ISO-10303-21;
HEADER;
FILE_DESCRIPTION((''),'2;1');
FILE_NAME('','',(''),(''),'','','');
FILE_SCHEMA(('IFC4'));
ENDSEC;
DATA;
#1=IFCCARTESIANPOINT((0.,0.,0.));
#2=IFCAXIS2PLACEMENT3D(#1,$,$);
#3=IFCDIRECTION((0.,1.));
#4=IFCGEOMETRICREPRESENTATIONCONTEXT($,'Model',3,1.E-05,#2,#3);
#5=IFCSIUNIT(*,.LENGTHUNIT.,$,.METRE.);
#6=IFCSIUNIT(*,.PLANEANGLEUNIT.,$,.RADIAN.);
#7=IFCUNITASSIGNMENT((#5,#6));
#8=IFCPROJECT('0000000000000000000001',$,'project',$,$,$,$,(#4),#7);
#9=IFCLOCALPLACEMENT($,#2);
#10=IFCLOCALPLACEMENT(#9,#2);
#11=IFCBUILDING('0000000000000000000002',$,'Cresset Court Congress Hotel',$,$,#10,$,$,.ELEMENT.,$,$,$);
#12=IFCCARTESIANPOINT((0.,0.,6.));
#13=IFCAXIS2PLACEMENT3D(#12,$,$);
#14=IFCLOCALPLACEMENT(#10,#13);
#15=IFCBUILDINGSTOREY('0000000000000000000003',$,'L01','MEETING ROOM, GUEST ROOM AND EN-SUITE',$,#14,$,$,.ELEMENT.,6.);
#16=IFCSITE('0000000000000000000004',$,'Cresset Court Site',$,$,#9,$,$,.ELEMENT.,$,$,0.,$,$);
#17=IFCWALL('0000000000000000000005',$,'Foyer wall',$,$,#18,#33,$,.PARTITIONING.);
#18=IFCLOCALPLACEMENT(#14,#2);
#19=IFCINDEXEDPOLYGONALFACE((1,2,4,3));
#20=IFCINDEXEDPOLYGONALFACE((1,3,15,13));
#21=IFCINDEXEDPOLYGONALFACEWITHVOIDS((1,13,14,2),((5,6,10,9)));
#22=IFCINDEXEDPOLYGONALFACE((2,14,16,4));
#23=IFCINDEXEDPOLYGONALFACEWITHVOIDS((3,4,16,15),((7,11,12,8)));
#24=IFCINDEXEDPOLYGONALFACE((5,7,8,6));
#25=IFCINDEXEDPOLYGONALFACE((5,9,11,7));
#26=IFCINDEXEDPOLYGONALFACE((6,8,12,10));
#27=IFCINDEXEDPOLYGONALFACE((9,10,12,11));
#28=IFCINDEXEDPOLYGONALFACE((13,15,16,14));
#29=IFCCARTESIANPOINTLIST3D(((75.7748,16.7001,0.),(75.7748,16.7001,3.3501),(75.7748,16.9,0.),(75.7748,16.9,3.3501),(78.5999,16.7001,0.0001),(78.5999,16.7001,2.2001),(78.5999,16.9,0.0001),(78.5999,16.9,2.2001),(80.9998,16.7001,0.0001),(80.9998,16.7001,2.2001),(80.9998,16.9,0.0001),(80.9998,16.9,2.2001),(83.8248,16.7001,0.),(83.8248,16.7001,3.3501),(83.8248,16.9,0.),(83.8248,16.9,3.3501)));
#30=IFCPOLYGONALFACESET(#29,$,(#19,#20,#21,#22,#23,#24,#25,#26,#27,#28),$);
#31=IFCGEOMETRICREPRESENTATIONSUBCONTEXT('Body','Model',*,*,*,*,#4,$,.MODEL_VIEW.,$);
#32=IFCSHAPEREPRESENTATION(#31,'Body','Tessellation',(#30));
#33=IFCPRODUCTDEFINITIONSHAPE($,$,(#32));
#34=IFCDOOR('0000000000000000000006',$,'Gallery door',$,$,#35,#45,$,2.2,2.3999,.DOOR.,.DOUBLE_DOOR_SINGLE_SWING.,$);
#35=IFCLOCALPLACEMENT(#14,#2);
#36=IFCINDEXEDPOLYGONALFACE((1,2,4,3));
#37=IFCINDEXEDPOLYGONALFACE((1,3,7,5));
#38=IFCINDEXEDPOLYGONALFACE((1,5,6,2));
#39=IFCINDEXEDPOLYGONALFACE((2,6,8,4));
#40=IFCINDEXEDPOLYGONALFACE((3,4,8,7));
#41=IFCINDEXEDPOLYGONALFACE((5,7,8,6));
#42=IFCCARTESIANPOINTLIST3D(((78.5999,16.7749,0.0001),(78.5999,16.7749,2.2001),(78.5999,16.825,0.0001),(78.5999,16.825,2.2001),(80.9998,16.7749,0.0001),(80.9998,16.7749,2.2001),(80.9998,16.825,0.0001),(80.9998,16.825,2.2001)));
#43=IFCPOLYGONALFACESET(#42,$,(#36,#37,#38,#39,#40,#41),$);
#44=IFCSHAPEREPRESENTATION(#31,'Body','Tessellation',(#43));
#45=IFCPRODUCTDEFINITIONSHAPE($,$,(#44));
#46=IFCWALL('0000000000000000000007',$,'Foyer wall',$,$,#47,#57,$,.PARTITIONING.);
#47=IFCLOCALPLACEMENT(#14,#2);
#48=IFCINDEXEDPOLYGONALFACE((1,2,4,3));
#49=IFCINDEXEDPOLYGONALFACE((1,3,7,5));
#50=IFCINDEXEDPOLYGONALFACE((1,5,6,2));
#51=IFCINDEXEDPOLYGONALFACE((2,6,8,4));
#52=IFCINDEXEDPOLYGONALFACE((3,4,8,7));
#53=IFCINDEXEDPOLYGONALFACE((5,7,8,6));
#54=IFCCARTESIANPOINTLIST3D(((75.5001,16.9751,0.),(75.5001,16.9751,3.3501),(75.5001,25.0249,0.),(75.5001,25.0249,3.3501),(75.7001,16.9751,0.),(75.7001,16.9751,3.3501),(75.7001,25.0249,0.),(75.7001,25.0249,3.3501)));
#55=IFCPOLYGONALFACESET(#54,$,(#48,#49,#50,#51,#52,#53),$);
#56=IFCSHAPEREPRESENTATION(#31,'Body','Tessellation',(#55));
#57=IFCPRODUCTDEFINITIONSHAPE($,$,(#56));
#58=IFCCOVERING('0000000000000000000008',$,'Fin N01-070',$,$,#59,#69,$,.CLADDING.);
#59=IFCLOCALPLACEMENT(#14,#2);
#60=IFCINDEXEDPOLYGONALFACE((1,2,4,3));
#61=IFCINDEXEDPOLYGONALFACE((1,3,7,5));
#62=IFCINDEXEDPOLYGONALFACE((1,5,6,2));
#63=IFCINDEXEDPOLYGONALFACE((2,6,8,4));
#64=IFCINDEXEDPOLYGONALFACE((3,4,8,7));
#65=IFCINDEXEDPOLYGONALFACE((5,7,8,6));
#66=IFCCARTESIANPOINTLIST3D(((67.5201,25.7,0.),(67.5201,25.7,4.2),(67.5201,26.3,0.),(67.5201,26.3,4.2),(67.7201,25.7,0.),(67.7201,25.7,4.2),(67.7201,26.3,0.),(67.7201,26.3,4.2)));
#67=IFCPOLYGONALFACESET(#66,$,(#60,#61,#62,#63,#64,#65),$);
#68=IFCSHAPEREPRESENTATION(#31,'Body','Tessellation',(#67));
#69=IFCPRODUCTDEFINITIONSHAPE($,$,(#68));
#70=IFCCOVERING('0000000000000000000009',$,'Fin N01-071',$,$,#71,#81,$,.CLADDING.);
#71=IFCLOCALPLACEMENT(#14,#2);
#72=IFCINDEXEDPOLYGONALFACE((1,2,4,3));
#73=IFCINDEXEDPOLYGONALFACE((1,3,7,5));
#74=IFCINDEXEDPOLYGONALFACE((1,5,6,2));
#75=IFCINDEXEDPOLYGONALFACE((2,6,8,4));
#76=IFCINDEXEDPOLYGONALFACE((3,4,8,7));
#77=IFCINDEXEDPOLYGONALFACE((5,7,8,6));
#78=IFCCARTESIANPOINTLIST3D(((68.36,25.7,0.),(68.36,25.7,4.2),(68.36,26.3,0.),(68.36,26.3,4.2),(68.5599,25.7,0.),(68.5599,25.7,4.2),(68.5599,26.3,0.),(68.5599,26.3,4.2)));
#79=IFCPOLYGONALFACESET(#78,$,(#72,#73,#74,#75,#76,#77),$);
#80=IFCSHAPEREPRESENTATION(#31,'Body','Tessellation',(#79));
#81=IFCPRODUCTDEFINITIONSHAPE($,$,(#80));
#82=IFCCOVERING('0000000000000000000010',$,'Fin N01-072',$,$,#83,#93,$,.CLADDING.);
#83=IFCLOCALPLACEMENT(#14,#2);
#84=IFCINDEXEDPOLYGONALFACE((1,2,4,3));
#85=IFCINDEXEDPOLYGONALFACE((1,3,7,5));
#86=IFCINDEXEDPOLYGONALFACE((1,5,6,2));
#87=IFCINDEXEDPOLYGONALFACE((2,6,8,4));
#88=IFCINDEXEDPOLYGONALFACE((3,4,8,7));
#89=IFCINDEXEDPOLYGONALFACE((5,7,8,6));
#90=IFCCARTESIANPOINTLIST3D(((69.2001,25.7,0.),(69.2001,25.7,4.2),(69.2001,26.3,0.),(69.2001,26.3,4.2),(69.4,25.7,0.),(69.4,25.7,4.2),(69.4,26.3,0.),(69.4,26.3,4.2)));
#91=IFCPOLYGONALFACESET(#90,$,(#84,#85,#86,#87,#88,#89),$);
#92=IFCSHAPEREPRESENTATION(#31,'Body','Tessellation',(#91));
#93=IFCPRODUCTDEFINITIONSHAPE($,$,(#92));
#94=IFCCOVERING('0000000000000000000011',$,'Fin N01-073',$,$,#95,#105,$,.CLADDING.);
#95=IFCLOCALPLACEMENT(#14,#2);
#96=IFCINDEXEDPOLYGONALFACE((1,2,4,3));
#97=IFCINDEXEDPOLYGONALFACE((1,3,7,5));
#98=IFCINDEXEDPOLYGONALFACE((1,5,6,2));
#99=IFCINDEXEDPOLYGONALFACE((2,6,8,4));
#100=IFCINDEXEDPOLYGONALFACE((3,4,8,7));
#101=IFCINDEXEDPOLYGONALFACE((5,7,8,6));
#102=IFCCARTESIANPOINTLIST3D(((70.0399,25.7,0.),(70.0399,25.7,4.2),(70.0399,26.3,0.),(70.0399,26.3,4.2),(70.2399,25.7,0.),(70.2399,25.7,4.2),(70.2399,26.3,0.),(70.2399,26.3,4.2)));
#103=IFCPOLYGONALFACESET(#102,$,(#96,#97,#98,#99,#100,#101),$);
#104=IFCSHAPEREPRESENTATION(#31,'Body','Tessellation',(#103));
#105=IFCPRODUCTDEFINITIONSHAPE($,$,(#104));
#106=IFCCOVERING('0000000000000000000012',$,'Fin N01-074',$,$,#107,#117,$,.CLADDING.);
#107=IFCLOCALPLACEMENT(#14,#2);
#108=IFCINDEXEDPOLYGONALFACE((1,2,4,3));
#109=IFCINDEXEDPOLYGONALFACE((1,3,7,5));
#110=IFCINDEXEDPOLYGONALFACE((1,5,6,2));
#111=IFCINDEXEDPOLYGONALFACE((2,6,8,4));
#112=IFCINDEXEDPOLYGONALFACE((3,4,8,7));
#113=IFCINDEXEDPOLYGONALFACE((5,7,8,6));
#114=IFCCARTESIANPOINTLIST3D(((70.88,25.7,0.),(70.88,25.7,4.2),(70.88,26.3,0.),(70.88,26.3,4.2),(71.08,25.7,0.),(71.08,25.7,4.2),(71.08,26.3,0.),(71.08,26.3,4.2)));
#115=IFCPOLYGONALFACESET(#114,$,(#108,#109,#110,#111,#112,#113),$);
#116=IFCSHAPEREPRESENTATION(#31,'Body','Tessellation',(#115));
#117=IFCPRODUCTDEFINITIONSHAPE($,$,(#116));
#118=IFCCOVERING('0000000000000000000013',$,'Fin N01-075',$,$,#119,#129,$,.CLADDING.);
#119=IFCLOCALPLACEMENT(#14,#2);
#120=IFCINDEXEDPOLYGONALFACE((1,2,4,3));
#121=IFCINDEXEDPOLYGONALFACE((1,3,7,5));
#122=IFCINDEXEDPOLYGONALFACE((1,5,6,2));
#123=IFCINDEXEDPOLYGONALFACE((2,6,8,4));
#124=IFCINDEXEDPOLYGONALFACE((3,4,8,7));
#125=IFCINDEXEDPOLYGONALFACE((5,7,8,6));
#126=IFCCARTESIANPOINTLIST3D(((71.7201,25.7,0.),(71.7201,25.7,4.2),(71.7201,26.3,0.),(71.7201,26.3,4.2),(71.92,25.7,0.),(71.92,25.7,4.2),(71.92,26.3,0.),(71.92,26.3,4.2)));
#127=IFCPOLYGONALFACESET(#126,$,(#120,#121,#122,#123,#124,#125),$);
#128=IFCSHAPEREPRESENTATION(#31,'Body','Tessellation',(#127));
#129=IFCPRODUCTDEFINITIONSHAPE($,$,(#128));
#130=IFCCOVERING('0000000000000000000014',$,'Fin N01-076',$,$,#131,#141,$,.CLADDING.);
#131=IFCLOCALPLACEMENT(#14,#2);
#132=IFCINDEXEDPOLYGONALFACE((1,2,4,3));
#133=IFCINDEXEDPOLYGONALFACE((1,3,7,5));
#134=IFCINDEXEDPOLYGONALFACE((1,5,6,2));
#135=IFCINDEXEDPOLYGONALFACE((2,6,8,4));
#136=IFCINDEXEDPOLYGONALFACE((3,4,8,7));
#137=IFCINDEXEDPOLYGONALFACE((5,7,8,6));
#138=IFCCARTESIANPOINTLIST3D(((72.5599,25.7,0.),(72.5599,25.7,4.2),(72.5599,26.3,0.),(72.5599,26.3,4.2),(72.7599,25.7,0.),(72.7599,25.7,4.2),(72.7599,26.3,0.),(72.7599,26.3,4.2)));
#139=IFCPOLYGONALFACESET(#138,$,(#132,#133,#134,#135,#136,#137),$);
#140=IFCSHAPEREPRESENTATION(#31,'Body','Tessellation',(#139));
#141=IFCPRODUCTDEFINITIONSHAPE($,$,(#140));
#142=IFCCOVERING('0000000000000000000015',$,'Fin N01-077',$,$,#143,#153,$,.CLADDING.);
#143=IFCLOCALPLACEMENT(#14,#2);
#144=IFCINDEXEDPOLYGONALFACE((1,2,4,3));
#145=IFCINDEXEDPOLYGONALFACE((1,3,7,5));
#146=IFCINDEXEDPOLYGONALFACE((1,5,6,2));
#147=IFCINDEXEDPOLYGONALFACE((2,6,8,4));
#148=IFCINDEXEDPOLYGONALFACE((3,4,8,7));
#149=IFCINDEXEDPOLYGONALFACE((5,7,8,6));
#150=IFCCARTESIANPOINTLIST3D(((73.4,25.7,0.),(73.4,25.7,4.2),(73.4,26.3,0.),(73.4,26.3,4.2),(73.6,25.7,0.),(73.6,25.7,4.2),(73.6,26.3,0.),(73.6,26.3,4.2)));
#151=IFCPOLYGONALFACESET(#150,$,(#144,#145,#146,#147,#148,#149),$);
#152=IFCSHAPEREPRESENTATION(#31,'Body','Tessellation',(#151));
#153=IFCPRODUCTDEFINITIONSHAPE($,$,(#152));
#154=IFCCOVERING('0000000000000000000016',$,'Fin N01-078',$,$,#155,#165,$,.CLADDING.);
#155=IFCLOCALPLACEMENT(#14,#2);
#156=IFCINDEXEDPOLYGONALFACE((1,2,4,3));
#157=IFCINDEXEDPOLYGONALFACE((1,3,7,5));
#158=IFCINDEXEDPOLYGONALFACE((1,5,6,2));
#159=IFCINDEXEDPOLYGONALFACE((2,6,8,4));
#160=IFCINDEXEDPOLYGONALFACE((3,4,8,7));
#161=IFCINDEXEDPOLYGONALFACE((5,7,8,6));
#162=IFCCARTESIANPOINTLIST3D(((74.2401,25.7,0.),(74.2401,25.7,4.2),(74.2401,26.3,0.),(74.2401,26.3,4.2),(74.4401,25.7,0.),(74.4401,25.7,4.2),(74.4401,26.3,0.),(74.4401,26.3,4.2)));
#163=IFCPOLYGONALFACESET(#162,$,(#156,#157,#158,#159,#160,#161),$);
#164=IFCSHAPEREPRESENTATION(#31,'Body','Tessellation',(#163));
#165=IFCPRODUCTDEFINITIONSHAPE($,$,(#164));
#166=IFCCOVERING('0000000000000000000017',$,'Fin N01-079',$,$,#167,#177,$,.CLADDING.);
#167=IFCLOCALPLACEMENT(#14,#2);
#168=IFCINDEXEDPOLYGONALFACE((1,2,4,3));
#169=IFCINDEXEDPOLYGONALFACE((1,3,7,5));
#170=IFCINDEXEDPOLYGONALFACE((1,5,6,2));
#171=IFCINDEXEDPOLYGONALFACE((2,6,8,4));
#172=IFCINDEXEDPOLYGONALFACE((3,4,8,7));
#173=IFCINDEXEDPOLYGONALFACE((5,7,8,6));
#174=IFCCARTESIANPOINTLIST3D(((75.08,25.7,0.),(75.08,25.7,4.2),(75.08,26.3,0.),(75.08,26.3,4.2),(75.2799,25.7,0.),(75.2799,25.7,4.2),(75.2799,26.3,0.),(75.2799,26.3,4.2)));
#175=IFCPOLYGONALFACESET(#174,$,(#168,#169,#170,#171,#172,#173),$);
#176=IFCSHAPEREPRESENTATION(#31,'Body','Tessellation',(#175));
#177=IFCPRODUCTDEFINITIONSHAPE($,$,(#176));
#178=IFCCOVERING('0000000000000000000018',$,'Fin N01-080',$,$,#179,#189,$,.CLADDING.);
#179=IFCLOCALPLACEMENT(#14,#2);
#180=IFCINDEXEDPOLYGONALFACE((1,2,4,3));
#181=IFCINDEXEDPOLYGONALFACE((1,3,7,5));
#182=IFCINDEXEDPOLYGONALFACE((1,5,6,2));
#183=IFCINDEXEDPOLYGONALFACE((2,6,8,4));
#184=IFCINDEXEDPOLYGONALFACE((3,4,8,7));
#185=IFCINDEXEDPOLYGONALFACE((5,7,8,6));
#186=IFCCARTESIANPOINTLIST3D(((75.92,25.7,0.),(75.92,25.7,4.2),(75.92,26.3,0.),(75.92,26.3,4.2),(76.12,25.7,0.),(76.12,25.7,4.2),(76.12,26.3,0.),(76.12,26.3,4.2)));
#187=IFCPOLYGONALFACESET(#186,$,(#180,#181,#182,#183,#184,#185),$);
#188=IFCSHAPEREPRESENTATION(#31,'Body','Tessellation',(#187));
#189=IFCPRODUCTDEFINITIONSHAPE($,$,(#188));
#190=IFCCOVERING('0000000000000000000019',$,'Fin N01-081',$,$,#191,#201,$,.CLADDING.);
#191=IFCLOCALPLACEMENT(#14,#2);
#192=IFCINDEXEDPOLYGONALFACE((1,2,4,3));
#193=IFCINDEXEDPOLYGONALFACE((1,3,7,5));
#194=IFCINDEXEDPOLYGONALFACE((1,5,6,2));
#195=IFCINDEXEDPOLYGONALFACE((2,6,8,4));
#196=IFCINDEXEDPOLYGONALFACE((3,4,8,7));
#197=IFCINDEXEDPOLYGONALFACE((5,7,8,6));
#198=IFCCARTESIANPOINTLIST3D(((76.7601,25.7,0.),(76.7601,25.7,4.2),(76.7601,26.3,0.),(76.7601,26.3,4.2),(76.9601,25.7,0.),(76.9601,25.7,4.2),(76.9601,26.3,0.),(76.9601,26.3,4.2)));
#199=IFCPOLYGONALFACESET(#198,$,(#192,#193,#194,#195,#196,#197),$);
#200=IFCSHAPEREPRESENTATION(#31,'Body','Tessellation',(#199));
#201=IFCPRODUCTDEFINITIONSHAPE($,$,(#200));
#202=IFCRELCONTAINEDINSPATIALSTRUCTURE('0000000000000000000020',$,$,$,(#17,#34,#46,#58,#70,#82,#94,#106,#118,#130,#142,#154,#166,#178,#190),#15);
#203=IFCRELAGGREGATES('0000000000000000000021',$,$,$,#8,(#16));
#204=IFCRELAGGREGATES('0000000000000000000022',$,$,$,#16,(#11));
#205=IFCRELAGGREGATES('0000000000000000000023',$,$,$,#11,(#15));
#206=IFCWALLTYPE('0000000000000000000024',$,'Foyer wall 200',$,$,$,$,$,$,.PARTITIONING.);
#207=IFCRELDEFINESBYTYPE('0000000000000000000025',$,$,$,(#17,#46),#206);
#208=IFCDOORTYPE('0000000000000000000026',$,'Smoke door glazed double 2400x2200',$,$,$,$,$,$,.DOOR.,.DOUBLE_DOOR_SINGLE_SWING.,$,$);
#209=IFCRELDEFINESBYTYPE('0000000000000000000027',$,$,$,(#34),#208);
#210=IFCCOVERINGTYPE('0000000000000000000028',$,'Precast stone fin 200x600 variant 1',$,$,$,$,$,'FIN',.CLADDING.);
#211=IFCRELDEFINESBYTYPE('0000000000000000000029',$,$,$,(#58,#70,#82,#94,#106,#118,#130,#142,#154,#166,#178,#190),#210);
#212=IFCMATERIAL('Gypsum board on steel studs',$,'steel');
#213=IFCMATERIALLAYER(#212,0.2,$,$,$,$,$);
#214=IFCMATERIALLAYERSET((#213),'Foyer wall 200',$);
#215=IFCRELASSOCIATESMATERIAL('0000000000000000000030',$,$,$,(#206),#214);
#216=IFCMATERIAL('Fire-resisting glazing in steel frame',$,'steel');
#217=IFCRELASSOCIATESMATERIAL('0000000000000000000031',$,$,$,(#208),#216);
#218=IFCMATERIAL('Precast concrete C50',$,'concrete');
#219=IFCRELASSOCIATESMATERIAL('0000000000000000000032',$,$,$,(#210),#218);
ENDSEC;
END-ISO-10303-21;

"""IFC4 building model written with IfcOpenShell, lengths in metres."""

from ifc_helpers import new_model, si_unit, direction, frame, frame_2d, origin, origin_2d, place, context, subcontext, project, spatial, rectangle, extrude, material, layer, layer_set, type_object, element, fill, save


model = new_model("IFC4")

# Units and contexts
model_context = context("Model", 3, precision=1e-05, world=origin(), true_north=direction((0.0, 1.0)))
body_context = subcontext(model_context, "Body", "Model", "MODEL_VIEW")
ifc_project = project(units=[si_unit("LENGTHUNIT", "METRE"), si_unit("PLANEANGLEUNIT", "RADIAN")], contexts=[model_context])

# Site, building, storey
site_placement = place(None, origin())
site = spatial("IfcSite", under=ifc_project, at=site_placement, Name="Cresset Court Site", CompositionType="ELEMENT", RefElevation=0.0)
building_placement = place(site_placement, origin())
building = spatial("IfcBuilding", under=site, at=building_placement, Name="Cresset Court Congress Hotel", CompositionType="ELEMENT")
storey_placement = place(building_placement, frame((0.0, 0.0, 6.0)))
storey = spatial("IfcBuildingStorey", under=building, at=storey_placement, Name="L01", Description="MEETING ROOM, GUEST ROOM AND EN-SUITE", CompositionType="ELEMENT", Elevation=6.0)

# Wall, opening, door
ifc_material_1 = material(Name="Gypsum board on steel studs", Category="steel")
ifc_layer = layer(ifc_material_1, 0.2)
ifc_layer_set = layer_set([ifc_layer], Name="Foyer wall 200")
wall_type = type_object("IfcWallType", Name="Foyer wall 200", PredefinedType="PARTITIONING", material=ifc_layer_set)
wall_1_placement = place(storey_placement, frame((75.7749, 16.8, 0.0), z_axis=(0.0, 0.0, 1.0), x_axis=(1.0, 0.0, 0.0)))
wall_1 = element("IfcWall", 1, at=wall_1_placement, inside=storey, type_object=wall_type, Name="Foyer wall", PredefinedType="PARTITIONING", context=body_context, shape_type="SweptSolid", body=[
    extrude(rectangle(XDim=8.05, YDim=0.2, at=frame_2d((4.0249, 0.0))), origin(), (0.0, 0.0, 1.0), 3.3501),
])
opening_placement = place(wall_1_placement, frame((2.825, 0.0, 0.0)))
opening = element("IfcOpeningElement", 2, at=opening_placement, cuts=wall_1, PredefinedType="OPENING", context=body_context, shape_type="SweptSolid", body=[
    extrude(rectangle(XDim=2.3999, YDim=2.2, at=frame_2d((1.2, 1.1001))), frame((0.0, 0.1099, 0.0), z_axis=(0.0, -1.0, 0.0), x_axis=(1.0, 0.0, 0.0)), (0.0, 0.0, 1.0), 0.22),
])
ifc_material_2 = material(Name="Fire-resisting glazing in steel frame", Category="steel")
door_type = type_object("IfcDoorType", Name="Smoke door glazed double 2400x2200", OperationType="DOUBLE_DOOR_SINGLE_SWING", PredefinedType="DOOR", material=ifc_material_2)
door_placement = place(opening_placement, origin())
door = element("IfcDoor", 3, at=door_placement, inside=storey, type_object=door_type, Name="Gallery door", OperationType="DOUBLE_DOOR_SINGLE_SWING", OverallHeight=2.2, OverallWidth=2.3999, PredefinedType="DOOR", context=body_context, shape_type="SweptSolid", body=[
    extrude(rectangle(XDim=2.3999, YDim=2.2, at=frame_2d((1.2, 1.1001))), frame((0.0, 0.0249, 0.0), z_axis=(0.0, -1.0, 0.0), x_axis=(1.0, 0.0, 0.0)), (0.0, 0.0, 1.0), 0.05),
])
fill(opening, door)

# Wall
wall_2_placement = place(storey_placement, frame((75.6001, 16.9751, 0.0), z_axis=(0.0, 0.0, 1.0), x_axis=(0.0, 1.0, 0.0)))
element("IfcWall", 4, at=wall_2_placement, inside=storey, type_object=wall_type, Name="Foyer wall", PredefinedType="PARTITIONING", context=body_context, shape_type="SweptSolid", body=[
    extrude(rectangle(XDim=8.0498, YDim=0.2, at=frame_2d((4.0249, 0.0))), origin(), (0.0, 0.0, 1.0), 3.3501),
])

# Coverings
ifc_material_3 = material(Name="Precast concrete C50", Category="concrete")
covering_type = type_object("IfcCoveringType", Name="Precast stone fin 200x600 variant 1", ElementType="FIN", PredefinedType="CLADDING", material=ifc_material_3)
for number, where, z_axis, x_axis, name in (
    (5, (67.6201, 26.0, 0.0), (0.0, 0.0, 1.0), (1.0, 0.0, 0.0), "Fin N01-070"),
    (6, (68.46, 26.0, 0.0), (0.0, 0.0, 1.0), (1.0, 0.0, 0.0), "Fin N01-071"),
    (7, (69.3, 26.0, 0.0), (0.0, 0.0, 1.0), (1.0, 0.0, 0.0), "Fin N01-072"),
    (8, (70.1399, 26.0, 0.0), (0.0, 0.0, 1.0), (1.0, 0.0, 0.0), "Fin N01-073"),
    (9, (70.98, 26.0, 0.0), (0.0, 0.0, 1.0), (1.0, 0.0, 0.0), "Fin N01-074"),
    (10, (71.8201, 26.0, 0.0), (0.0, 0.0, 1.0), (1.0, 0.0, 0.0), "Fin N01-075"),
    (11, (72.6599, 26.0, 0.0), (0.0, 0.0, 1.0), (1.0, 0.0, 0.0), "Fin N01-076"),
    (12, (73.5, 26.0, 0.0), (0.0, 0.0, 1.0), (1.0, 0.0, 0.0), "Fin N01-077"),
    (13, (74.3401, 26.0, 0.0), (0.0, 0.0, 1.0), (1.0, 0.0, 0.0), "Fin N01-078"),
    (14, (75.1799, 26.0, 0.0), (0.0, 0.0, 1.0), (1.0, 0.0, 0.0), "Fin N01-079"),
    (15, (76.02, 26.0, 0.0), (0.0, 0.0, 1.0), (1.0, 0.0, 0.0), "Fin N01-080"),
    (16, (76.8601, 26.0, 0.0), (0.0, 0.0, 1.0), (1.0, 0.0, 0.0), "Fin N01-081"),
):
    element("IfcCovering", number, at=place(storey_placement, frame(where, z_axis=z_axis, x_axis=x_axis)), inside=storey, type_object=covering_type, Name=name, PredefinedType="CLADDING", context=body_context, shape_type="SweptSolid", body=[
        extrude(rectangle(XDim=0.2, YDim=0.6001, at=origin_2d()), origin(), (0.0, 0.0, 1.0), 4.2),
    ])

save(model, "model.ifc")
